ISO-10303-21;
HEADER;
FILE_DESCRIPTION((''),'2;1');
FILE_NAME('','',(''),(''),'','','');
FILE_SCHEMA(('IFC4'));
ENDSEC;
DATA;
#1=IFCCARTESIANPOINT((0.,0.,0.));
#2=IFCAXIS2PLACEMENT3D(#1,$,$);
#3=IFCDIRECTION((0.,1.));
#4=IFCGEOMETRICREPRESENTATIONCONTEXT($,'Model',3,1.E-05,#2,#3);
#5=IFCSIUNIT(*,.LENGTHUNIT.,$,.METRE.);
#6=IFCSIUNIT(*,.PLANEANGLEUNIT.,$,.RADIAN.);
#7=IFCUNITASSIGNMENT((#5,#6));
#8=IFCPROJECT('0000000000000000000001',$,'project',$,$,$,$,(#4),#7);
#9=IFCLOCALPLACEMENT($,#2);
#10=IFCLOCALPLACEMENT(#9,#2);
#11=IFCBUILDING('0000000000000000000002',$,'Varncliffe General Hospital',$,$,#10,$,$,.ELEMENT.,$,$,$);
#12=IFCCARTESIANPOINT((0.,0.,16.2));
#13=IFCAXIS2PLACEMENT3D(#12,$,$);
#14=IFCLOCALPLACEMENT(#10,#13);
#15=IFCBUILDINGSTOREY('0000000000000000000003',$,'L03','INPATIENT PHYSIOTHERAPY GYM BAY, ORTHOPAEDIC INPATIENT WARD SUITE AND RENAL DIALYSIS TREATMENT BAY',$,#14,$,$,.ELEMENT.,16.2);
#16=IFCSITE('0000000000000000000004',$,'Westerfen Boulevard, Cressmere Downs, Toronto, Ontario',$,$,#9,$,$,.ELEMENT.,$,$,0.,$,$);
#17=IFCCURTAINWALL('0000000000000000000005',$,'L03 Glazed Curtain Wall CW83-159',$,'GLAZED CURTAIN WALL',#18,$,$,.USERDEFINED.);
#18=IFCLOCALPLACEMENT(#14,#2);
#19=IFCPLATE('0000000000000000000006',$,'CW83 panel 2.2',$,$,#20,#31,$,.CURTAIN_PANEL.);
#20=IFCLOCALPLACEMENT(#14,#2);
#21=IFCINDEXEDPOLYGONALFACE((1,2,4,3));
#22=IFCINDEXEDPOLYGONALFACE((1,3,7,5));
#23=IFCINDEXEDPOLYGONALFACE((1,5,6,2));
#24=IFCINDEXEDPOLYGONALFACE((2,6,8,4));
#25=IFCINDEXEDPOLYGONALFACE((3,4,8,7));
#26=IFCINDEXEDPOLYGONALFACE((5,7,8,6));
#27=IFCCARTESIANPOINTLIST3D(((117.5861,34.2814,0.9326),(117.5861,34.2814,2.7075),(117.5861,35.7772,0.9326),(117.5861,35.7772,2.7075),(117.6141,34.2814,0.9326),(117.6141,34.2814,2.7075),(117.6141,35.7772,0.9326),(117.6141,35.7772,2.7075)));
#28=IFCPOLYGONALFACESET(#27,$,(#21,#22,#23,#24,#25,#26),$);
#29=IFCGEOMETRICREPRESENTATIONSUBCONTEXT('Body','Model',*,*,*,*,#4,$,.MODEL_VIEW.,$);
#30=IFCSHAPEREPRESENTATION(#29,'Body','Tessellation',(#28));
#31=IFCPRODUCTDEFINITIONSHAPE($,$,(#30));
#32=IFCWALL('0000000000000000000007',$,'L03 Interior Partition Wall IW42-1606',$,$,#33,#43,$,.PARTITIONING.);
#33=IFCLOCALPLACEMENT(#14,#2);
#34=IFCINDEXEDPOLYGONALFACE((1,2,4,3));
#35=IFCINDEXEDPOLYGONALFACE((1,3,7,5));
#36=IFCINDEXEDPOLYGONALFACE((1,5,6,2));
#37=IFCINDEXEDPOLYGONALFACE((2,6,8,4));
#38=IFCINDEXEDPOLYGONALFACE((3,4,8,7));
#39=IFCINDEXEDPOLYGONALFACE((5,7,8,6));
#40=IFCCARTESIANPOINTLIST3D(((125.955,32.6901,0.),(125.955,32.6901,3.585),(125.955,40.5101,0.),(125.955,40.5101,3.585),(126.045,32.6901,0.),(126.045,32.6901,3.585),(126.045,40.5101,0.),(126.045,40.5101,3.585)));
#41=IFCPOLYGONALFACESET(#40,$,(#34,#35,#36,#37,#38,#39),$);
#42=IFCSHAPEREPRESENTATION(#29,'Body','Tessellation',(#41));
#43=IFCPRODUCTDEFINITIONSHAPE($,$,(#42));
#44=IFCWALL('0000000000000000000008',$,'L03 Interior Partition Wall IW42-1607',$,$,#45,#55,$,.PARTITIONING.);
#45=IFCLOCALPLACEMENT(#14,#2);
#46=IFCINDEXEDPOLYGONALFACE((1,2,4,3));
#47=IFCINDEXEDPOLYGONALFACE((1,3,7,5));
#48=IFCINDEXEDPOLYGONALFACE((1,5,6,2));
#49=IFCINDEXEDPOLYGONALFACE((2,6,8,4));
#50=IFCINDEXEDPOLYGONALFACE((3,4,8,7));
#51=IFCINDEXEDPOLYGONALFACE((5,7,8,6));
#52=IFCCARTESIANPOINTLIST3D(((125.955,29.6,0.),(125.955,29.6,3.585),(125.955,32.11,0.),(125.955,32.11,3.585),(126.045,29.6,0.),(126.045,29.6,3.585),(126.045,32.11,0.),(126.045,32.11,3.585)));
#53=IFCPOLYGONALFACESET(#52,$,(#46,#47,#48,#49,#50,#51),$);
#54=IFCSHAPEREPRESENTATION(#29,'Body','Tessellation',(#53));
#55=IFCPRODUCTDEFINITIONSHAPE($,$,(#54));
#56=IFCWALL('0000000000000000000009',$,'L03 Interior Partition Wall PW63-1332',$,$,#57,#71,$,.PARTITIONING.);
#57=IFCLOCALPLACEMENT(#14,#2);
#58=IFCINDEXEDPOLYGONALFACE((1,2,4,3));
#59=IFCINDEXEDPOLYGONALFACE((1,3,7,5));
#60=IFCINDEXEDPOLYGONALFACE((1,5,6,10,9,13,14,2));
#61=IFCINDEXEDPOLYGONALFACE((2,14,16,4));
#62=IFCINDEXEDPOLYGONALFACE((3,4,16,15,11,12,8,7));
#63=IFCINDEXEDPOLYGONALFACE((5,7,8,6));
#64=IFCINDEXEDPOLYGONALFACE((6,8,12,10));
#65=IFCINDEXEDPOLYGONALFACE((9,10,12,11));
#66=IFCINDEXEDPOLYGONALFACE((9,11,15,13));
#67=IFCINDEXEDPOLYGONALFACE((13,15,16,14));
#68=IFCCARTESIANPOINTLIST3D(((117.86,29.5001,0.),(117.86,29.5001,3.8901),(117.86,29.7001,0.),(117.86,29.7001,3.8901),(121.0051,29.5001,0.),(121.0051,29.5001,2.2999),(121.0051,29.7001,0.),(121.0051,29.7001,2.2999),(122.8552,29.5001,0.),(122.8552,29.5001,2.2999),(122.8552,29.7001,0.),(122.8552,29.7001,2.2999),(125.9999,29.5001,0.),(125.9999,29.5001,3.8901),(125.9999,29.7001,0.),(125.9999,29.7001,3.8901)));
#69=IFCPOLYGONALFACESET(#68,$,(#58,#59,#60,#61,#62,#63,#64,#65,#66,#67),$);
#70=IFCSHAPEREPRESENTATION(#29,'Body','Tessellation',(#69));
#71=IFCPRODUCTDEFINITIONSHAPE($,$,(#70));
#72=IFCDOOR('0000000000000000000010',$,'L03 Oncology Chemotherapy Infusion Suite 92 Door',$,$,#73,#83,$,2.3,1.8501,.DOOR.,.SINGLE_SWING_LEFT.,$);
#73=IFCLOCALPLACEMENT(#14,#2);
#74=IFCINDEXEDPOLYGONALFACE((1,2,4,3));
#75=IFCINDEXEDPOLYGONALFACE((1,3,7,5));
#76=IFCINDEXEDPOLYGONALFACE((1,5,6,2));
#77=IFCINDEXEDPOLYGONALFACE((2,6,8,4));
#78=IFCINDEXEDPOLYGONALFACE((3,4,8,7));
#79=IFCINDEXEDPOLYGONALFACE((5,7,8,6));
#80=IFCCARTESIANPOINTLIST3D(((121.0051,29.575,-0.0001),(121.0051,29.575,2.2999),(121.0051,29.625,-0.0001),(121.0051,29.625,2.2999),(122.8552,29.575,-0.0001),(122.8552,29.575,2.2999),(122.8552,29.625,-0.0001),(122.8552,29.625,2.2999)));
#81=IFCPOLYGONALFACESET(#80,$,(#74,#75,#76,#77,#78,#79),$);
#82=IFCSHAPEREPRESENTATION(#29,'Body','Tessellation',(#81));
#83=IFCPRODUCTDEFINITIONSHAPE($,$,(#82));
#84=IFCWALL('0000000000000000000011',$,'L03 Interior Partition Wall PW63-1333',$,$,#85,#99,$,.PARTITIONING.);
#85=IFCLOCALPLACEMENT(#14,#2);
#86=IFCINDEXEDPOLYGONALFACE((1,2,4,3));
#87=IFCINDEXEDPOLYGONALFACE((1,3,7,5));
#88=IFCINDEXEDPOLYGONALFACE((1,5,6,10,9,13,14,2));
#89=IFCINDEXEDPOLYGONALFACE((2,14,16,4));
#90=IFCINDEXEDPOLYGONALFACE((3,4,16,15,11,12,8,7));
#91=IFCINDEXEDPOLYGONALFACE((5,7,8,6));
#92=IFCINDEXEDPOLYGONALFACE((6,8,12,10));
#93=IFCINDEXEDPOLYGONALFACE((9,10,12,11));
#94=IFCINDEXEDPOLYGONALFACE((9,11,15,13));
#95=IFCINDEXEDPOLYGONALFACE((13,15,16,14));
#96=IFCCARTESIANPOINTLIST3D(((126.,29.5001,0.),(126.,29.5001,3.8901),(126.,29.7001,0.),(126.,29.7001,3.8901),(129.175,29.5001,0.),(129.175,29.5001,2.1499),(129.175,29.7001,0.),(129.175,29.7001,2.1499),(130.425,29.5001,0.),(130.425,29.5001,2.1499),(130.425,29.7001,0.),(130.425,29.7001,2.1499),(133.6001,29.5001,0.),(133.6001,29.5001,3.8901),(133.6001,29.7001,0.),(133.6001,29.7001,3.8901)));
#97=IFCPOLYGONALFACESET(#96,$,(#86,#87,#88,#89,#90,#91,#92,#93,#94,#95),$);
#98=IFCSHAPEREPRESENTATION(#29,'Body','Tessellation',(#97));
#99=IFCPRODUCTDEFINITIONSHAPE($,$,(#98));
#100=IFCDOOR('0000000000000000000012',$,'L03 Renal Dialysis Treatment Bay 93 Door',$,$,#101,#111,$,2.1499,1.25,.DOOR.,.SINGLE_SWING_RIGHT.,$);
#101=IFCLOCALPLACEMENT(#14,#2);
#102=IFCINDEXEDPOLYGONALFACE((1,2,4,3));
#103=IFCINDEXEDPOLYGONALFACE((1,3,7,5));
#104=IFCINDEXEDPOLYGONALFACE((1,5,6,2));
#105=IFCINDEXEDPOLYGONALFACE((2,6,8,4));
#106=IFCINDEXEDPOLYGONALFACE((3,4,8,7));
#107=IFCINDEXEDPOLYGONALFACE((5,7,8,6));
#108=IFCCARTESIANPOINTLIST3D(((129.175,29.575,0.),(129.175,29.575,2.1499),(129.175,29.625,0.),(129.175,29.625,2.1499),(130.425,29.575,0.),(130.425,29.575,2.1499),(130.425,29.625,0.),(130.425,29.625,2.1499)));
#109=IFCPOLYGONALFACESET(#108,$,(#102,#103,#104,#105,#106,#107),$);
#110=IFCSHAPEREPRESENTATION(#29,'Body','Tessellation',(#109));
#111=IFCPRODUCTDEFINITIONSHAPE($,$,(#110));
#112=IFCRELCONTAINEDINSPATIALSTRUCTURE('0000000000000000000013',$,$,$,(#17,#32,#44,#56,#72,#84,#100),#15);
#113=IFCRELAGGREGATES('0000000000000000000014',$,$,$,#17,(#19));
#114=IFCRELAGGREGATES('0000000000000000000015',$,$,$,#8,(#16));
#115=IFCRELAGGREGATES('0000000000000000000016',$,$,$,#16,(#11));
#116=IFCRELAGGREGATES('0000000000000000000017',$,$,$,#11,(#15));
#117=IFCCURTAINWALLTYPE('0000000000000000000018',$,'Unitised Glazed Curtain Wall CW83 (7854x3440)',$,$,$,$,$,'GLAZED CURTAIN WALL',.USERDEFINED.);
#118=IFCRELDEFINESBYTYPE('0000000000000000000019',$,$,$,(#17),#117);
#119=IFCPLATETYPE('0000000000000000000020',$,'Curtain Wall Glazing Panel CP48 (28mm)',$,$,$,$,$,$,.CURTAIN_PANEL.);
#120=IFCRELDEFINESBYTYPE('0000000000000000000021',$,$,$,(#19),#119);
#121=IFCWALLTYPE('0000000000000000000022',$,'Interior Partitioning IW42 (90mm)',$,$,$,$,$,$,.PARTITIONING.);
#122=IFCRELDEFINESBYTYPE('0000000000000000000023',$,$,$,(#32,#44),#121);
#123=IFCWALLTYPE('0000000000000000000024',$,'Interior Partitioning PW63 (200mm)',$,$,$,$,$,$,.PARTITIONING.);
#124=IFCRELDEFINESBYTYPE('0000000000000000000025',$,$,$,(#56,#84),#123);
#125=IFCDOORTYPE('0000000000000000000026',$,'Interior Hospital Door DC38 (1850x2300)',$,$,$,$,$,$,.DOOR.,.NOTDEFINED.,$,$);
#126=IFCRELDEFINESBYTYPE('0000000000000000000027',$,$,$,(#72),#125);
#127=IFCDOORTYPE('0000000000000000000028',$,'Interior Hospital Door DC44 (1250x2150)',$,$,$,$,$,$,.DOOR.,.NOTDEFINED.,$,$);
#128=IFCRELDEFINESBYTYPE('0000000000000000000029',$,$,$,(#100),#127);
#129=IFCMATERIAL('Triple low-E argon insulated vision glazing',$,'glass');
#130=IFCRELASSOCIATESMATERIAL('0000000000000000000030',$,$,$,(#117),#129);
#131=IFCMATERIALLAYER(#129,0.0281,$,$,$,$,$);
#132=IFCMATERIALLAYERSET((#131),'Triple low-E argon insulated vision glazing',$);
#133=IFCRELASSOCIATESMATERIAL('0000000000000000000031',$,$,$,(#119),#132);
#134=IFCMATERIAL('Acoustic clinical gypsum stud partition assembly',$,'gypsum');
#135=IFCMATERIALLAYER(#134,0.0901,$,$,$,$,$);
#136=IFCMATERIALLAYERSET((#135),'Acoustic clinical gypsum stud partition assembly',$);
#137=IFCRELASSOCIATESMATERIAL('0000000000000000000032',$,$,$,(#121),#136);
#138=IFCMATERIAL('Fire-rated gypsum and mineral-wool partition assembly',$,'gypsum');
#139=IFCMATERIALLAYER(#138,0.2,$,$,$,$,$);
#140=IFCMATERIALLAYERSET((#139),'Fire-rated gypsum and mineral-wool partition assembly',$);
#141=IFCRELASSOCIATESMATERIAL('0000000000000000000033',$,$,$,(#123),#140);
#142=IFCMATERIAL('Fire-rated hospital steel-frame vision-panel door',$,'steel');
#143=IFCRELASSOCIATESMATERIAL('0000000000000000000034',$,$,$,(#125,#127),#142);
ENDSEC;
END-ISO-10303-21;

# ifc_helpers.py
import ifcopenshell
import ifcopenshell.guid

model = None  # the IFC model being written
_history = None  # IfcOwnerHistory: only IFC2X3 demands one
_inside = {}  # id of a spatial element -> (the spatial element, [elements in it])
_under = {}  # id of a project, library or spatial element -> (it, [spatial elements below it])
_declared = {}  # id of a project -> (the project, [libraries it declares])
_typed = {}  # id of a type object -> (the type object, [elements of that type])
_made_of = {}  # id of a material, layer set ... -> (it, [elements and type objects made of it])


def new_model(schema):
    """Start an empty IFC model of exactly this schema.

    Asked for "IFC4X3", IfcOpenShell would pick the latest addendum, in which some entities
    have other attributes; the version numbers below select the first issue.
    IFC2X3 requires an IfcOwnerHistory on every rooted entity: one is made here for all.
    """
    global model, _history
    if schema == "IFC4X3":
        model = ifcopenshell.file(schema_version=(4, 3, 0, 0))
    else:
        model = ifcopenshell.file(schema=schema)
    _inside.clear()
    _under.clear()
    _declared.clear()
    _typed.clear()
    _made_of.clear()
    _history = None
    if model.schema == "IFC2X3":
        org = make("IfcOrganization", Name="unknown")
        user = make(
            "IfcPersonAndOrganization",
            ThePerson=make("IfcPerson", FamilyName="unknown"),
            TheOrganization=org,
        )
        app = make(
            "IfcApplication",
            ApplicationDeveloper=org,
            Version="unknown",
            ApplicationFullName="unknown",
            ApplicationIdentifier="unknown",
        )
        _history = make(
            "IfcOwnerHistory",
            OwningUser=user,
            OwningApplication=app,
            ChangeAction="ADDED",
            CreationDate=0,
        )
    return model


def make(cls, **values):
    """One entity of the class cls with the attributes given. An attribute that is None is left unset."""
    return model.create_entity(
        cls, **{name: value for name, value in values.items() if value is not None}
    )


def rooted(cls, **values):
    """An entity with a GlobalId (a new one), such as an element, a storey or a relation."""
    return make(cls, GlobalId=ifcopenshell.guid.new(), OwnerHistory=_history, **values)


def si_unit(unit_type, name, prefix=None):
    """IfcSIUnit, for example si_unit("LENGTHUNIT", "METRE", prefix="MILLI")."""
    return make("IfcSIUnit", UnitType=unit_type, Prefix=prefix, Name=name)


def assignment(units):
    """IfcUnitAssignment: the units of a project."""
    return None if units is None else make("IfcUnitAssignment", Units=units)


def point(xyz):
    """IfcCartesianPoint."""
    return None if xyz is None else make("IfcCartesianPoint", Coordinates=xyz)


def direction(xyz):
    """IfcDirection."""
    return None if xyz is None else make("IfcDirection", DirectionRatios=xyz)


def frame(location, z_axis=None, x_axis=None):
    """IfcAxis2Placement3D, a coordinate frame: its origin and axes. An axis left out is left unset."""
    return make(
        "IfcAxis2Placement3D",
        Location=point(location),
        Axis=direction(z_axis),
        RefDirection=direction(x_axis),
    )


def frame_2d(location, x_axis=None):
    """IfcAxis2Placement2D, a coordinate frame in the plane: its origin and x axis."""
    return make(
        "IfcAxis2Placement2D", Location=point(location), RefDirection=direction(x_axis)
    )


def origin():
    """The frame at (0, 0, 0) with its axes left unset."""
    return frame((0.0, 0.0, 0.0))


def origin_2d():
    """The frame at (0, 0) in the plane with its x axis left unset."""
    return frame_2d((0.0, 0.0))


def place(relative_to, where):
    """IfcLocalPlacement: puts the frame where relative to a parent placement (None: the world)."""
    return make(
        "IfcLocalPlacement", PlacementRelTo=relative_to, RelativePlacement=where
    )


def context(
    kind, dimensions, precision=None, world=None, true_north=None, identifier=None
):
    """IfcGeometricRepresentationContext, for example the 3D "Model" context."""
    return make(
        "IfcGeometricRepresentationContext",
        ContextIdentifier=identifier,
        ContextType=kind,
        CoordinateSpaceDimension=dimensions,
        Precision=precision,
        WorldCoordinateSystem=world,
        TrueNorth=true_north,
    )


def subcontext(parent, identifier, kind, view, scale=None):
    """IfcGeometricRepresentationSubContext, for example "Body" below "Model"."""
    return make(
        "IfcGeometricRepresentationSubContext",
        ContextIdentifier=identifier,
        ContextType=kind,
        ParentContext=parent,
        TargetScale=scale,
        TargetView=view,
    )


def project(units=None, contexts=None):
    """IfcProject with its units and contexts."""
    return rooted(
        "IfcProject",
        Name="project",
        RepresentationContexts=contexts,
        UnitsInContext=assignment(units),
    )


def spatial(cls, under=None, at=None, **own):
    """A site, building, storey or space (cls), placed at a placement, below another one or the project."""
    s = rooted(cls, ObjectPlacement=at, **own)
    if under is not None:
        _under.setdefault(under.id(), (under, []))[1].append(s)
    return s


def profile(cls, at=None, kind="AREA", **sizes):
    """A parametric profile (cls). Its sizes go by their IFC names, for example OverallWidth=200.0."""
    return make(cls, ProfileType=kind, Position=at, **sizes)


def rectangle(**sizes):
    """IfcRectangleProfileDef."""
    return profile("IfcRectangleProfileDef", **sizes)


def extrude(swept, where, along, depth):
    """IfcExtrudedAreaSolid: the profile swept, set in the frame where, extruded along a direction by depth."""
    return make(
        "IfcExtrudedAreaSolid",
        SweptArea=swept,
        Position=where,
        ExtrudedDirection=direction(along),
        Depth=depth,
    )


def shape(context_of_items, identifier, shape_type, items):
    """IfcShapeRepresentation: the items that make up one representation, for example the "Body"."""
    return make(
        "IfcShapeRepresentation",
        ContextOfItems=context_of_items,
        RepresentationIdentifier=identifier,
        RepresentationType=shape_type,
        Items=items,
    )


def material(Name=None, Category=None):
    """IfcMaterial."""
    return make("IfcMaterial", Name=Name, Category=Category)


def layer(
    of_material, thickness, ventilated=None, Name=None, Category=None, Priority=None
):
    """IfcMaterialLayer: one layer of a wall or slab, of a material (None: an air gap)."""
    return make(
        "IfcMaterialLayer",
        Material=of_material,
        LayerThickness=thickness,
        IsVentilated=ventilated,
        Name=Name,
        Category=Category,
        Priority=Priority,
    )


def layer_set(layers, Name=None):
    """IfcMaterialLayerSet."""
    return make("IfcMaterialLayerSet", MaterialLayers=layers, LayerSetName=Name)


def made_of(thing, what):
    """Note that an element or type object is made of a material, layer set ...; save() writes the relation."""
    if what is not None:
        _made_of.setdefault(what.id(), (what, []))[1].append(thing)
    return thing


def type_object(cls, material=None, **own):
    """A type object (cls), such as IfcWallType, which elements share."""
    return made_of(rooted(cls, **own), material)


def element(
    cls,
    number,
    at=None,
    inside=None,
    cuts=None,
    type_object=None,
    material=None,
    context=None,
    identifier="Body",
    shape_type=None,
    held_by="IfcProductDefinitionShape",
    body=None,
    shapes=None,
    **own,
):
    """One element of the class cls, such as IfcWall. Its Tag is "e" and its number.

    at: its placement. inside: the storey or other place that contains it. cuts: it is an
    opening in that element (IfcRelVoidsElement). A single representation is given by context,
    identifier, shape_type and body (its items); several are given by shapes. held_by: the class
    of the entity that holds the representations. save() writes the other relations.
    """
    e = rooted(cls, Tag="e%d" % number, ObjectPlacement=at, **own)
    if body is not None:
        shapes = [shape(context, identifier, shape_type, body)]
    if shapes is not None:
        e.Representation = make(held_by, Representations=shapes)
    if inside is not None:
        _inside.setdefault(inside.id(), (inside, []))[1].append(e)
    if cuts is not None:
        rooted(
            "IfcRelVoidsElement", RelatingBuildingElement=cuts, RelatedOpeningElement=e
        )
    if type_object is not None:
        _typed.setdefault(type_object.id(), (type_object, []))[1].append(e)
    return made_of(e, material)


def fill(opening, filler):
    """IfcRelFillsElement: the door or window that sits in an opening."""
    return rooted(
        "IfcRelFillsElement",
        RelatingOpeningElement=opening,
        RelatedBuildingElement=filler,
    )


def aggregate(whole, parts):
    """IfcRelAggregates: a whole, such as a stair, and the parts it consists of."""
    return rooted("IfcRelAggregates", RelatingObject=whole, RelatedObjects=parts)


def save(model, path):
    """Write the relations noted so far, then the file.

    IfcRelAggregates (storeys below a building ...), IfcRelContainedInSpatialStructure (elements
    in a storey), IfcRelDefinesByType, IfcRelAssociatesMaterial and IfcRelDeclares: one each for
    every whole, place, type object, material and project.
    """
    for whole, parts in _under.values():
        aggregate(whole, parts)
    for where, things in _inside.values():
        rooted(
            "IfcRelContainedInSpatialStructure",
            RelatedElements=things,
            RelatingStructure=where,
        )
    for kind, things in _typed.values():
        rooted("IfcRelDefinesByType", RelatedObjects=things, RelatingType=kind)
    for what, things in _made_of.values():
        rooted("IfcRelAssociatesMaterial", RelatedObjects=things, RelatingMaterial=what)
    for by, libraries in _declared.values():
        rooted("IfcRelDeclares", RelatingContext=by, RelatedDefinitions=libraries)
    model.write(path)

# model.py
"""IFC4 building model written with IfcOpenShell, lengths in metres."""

from ifc_helpers import new_model, si_unit, direction, frame, frame_2d, origin, origin_2d, place, context, subcontext, project, spatial, rectangle, extrude, material, layer, layer_set, type_object, element, fill, aggregate, save


model = new_model("IFC4")

# Units and contexts
model_context = context("Model", 3, precision=1e-05, world=origin(), true_north=direction((0.0, 1.0)))
body_context = subcontext(model_context, "Body", "Model", "MODEL_VIEW")
ifc_project = project(units=[si_unit("LENGTHUNIT", "METRE"), si_unit("PLANEANGLEUNIT", "RADIAN")], contexts=[model_context])

# Site, building, storey
site_placement = place(None, origin())
site = spatial("IfcSite", under=ifc_project, at=site_placement, Name="Westerfen Boulevard, Cressmere Downs, Toronto, Ontario", CompositionType="ELEMENT", RefElevation=0.0)
building_placement = place(site_placement, origin())
building = spatial("IfcBuilding", under=site, at=building_placement, Name="Varncliffe General Hospital", CompositionType="ELEMENT")
storey_placement = place(building_placement, frame((0.0, 0.0, 16.2)))
storey = spatial("IfcBuildingStorey", under=building, at=storey_placement, Name="L03", Description="INPATIENT PHYSIOTHERAPY GYM BAY, ORTHOPAEDIC INPATIENT WARD SUITE AND RENAL DIALYSIS TREATMENT BAY", CompositionType="ELEMENT", Elevation=16.2)

# Curtain wall, plate
ifc_material_1 = material(Name="Triple low-E argon insulated vision glazing", Category="glass")
curtain_wall_type = type_object("IfcCurtainWallType", Name="Unitised Glazed Curtain Wall CW83 (7854x3440)", ElementType="GLAZED CURTAIN WALL", PredefinedType="USERDEFINED", material=ifc_material_1)
curtain_wall_placement = place(storey_placement, origin())
curtain_wall = element("IfcCurtainWall", 1, at=curtain_wall_placement, inside=storey, type_object=curtain_wall_type, Name="L03 Glazed Curtain Wall CW83-159", ObjectType="GLAZED CURTAIN WALL", PredefinedType="USERDEFINED")
ifc_layer_1 = layer(ifc_material_1, 0.0281)
ifc_layer_set_1 = layer_set([ifc_layer_1], Name="Triple low-E argon insulated vision glazing")
plate_type = type_object("IfcPlateType", Name="Curtain Wall Glazing Panel CP48 (28mm)", PredefinedType="CURTAIN_PANEL", material=ifc_layer_set_1)
plate_1_placement = place(storey_placement, frame((117.6001, 35.0293, 0.9326), z_axis=(0.0, 0.0, 1.0), x_axis=(0.0, 1.0, 0.0)))
plate_1 = element("IfcPlate", 2, at=plate_1_placement, type_object=plate_type, Name="CW83 panel 2.2", PredefinedType="CURTAIN_PANEL", context=body_context, shape_type="SweptSolid", body=[
    extrude(rectangle(XDim=1.4958, YDim=0.0281, at=origin_2d()), origin(), (0.0, 0.0, 1.0), 1.7749),
])
aggregate(curtain_wall, [plate_1])

# Walls
ifc_material_2 = material(Name="Acoustic clinical gypsum stud partition assembly", Category="gypsum")
ifc_layer_2 = layer(ifc_material_2, 0.0901)
ifc_layer_set_2 = layer_set([ifc_layer_2], Name="Acoustic clinical gypsum stud partition assembly")
wall_type_1 = type_object("IfcWallType", Name="Interior Partitioning IW42 (90mm)", PredefinedType="PARTITIONING", material=ifc_layer_set_2)
wall_1_placement = place(storey_placement, frame((126.0, 32.6899, 0.0), z_axis=(0.0, 0.0, 1.0), x_axis=(0.0, 1.0, 0.0)))
element("IfcWall", 3, at=wall_1_placement, inside=storey, type_object=wall_type_1, Name="L03 Interior Partition Wall IW42-1606", PredefinedType="PARTITIONING", context=body_context, shape_type="SweptSolid", body=[
    extrude(rectangle(XDim=7.8201, YDim=0.0901, at=frame_2d((3.9102, 0.0))), origin(), (0.0, 0.0, 1.0), 3.585),
])
wall_2_placement = place(storey_placement, frame((126.0, 29.6001, 0.0), z_axis=(0.0, 0.0, 1.0), x_axis=(0.0, 1.0, 0.0)))
element("IfcWall", 4, at=wall_2_placement, inside=storey, type_object=wall_type_1, Name="L03 Interior Partition Wall IW42-1607", PredefinedType="PARTITIONING", context=body_context, shape_type="SweptSolid", body=[
    extrude(rectangle(XDim=2.51, YDim=0.0901, at=frame_2d((1.2549, 0.0))), origin(), (0.0, 0.0, 1.0), 3.585),
])

# Walls, openings, doors
ifc_material_3 = material(Name="Fire-rated gypsum and mineral-wool partition assembly", Category="gypsum")
ifc_layer_3 = layer(ifc_material_3, 0.2)
ifc_layer_set_3 = layer_set([ifc_layer_3], Name="Fire-rated gypsum and mineral-wool partition assembly")
wall_type_2 = type_object("IfcWallType", Name="Interior Partitioning PW63 (200mm)", PredefinedType="PARTITIONING", material=ifc_layer_set_3)
wall_3_placement = place(storey_placement, frame((117.8601, 29.6001, 0.0), z_axis=(0.0, 0.0, 1.0), x_axis=(1.0, 0.0, 0.0)))
wall_3 = element("IfcWall", 5, at=wall_3_placement, inside=storey, type_object=wall_type_2, Name="L03 Interior Partition Wall PW63-1332", PredefinedType="PARTITIONING", context=body_context, shape_type="SweptSolid", body=[
    extrude(rectangle(XDim=8.1399, YDim=0.2, at=frame_2d((4.0698, 0.0))), origin(), (0.0, 0.0, 1.0), 3.8901),
])
opening_1_placement = place(wall_3_placement, frame((3.145, 0.0, 0.0)))
opening_1 = element("IfcOpeningElement", 6, at=opening_1_placement, cuts=wall_3, PredefinedType="OPENING", context=body_context, shape_type="SweptSolid", body=[
    extrude(rectangle(XDim=1.8501, YDim=2.3, at=frame_2d((0.925, 1.1499))), frame((0.0, 0.1099, 0.0), z_axis=(0.0, -1.0, 0.0), x_axis=(1.0, 0.0, 0.0)), (0.0, 0.0, 1.0), 0.22),
])
ifc_material_4 = material(Name="Fire-rated hospital steel-frame vision-panel door", Category="steel")
door_type_1 = type_object("IfcDoorType", Name="Interior Hospital Door DC38 (1850x2300)", OperationType="NOTDEFINED", PredefinedType="DOOR", material=ifc_material_4)
door_1_placement = place(opening_1_placement, origin())
door_1 = element("IfcDoor", 7, at=door_1_placement, inside=storey, type_object=door_type_1, Name="L03 Oncology Chemotherapy Infusion Suite 92 Door", OperationType="SINGLE_SWING_LEFT", OverallHeight=2.3, OverallWidth=1.8501, PredefinedType="DOOR", context=body_context, shape_type="SweptSolid", body=[
    extrude(rectangle(XDim=1.8501, YDim=2.3, at=frame_2d((0.925, 1.1499))), frame((0.0, 0.0249, 0.0), z_axis=(0.0, -1.0, 0.0), x_axis=(1.0, 0.0, 0.0)), (0.0, 0.0, 1.0), 0.05),
])
fill(opening_1, door_1)
wall_4_placement = place(storey_placement, frame((126.0, 29.6001, 0.0), z_axis=(0.0, 0.0, 1.0), x_axis=(1.0, 0.0, 0.0)))
wall_4 = element("IfcWall", 8, at=wall_4_placement, inside=storey, type_object=wall_type_2, Name="L03 Interior Partition Wall PW63-1333", PredefinedType="PARTITIONING", context=body_context, shape_type="SweptSolid", body=[
    extrude(rectangle(XDim=7.6001, YDim=0.2, at=frame_2d((3.8, 0.0))), origin(), (0.0, 0.0, 1.0), 3.8901),
])
opening_2_placement = place(wall_4_placement, frame((3.175, 0.0, 0.0)))
opening_2 = element("IfcOpeningElement", 9, at=opening_2_placement, cuts=wall_4, PredefinedType="OPENING", context=body_context, shape_type="SweptSolid", body=[
    extrude(rectangle(XDim=1.25, YDim=2.1499, at=frame_2d((0.625, 1.075))), frame((0.0, 0.1099, 0.0), z_axis=(0.0, -1.0, 0.0), x_axis=(1.0, 0.0, 0.0)), (0.0, 0.0, 1.0), 0.22),
])
door_type_2 = type_object("IfcDoorType", Name="Interior Hospital Door DC44 (1250x2150)", OperationType="NOTDEFINED", PredefinedType="DOOR", material=ifc_material_4)
door_2_placement = place(opening_2_placement, origin())
door_2 = element("IfcDoor", 10, at=door_2_placement, inside=storey, type_object=door_type_2, Name="L03 Renal Dialysis Treatment Bay 93 Door", OperationType="SINGLE_SWING_RIGHT", OverallHeight=2.1499, OverallWidth=1.25, PredefinedType="DOOR", context=body_context, shape_type="SweptSolid", body=[
    extrude(rectangle(XDim=1.25, YDim=2.1499, at=frame_2d((0.625, 1.075))), frame((0.0, 0.0249, 0.0), z_axis=(0.0, -1.0, 0.0), x_axis=(1.0, 0.0, 0.0)), (0.0, 0.0, 1.0), 0.05),
])
fill(opening_2, door_2)

save(model, "model.ifc")
